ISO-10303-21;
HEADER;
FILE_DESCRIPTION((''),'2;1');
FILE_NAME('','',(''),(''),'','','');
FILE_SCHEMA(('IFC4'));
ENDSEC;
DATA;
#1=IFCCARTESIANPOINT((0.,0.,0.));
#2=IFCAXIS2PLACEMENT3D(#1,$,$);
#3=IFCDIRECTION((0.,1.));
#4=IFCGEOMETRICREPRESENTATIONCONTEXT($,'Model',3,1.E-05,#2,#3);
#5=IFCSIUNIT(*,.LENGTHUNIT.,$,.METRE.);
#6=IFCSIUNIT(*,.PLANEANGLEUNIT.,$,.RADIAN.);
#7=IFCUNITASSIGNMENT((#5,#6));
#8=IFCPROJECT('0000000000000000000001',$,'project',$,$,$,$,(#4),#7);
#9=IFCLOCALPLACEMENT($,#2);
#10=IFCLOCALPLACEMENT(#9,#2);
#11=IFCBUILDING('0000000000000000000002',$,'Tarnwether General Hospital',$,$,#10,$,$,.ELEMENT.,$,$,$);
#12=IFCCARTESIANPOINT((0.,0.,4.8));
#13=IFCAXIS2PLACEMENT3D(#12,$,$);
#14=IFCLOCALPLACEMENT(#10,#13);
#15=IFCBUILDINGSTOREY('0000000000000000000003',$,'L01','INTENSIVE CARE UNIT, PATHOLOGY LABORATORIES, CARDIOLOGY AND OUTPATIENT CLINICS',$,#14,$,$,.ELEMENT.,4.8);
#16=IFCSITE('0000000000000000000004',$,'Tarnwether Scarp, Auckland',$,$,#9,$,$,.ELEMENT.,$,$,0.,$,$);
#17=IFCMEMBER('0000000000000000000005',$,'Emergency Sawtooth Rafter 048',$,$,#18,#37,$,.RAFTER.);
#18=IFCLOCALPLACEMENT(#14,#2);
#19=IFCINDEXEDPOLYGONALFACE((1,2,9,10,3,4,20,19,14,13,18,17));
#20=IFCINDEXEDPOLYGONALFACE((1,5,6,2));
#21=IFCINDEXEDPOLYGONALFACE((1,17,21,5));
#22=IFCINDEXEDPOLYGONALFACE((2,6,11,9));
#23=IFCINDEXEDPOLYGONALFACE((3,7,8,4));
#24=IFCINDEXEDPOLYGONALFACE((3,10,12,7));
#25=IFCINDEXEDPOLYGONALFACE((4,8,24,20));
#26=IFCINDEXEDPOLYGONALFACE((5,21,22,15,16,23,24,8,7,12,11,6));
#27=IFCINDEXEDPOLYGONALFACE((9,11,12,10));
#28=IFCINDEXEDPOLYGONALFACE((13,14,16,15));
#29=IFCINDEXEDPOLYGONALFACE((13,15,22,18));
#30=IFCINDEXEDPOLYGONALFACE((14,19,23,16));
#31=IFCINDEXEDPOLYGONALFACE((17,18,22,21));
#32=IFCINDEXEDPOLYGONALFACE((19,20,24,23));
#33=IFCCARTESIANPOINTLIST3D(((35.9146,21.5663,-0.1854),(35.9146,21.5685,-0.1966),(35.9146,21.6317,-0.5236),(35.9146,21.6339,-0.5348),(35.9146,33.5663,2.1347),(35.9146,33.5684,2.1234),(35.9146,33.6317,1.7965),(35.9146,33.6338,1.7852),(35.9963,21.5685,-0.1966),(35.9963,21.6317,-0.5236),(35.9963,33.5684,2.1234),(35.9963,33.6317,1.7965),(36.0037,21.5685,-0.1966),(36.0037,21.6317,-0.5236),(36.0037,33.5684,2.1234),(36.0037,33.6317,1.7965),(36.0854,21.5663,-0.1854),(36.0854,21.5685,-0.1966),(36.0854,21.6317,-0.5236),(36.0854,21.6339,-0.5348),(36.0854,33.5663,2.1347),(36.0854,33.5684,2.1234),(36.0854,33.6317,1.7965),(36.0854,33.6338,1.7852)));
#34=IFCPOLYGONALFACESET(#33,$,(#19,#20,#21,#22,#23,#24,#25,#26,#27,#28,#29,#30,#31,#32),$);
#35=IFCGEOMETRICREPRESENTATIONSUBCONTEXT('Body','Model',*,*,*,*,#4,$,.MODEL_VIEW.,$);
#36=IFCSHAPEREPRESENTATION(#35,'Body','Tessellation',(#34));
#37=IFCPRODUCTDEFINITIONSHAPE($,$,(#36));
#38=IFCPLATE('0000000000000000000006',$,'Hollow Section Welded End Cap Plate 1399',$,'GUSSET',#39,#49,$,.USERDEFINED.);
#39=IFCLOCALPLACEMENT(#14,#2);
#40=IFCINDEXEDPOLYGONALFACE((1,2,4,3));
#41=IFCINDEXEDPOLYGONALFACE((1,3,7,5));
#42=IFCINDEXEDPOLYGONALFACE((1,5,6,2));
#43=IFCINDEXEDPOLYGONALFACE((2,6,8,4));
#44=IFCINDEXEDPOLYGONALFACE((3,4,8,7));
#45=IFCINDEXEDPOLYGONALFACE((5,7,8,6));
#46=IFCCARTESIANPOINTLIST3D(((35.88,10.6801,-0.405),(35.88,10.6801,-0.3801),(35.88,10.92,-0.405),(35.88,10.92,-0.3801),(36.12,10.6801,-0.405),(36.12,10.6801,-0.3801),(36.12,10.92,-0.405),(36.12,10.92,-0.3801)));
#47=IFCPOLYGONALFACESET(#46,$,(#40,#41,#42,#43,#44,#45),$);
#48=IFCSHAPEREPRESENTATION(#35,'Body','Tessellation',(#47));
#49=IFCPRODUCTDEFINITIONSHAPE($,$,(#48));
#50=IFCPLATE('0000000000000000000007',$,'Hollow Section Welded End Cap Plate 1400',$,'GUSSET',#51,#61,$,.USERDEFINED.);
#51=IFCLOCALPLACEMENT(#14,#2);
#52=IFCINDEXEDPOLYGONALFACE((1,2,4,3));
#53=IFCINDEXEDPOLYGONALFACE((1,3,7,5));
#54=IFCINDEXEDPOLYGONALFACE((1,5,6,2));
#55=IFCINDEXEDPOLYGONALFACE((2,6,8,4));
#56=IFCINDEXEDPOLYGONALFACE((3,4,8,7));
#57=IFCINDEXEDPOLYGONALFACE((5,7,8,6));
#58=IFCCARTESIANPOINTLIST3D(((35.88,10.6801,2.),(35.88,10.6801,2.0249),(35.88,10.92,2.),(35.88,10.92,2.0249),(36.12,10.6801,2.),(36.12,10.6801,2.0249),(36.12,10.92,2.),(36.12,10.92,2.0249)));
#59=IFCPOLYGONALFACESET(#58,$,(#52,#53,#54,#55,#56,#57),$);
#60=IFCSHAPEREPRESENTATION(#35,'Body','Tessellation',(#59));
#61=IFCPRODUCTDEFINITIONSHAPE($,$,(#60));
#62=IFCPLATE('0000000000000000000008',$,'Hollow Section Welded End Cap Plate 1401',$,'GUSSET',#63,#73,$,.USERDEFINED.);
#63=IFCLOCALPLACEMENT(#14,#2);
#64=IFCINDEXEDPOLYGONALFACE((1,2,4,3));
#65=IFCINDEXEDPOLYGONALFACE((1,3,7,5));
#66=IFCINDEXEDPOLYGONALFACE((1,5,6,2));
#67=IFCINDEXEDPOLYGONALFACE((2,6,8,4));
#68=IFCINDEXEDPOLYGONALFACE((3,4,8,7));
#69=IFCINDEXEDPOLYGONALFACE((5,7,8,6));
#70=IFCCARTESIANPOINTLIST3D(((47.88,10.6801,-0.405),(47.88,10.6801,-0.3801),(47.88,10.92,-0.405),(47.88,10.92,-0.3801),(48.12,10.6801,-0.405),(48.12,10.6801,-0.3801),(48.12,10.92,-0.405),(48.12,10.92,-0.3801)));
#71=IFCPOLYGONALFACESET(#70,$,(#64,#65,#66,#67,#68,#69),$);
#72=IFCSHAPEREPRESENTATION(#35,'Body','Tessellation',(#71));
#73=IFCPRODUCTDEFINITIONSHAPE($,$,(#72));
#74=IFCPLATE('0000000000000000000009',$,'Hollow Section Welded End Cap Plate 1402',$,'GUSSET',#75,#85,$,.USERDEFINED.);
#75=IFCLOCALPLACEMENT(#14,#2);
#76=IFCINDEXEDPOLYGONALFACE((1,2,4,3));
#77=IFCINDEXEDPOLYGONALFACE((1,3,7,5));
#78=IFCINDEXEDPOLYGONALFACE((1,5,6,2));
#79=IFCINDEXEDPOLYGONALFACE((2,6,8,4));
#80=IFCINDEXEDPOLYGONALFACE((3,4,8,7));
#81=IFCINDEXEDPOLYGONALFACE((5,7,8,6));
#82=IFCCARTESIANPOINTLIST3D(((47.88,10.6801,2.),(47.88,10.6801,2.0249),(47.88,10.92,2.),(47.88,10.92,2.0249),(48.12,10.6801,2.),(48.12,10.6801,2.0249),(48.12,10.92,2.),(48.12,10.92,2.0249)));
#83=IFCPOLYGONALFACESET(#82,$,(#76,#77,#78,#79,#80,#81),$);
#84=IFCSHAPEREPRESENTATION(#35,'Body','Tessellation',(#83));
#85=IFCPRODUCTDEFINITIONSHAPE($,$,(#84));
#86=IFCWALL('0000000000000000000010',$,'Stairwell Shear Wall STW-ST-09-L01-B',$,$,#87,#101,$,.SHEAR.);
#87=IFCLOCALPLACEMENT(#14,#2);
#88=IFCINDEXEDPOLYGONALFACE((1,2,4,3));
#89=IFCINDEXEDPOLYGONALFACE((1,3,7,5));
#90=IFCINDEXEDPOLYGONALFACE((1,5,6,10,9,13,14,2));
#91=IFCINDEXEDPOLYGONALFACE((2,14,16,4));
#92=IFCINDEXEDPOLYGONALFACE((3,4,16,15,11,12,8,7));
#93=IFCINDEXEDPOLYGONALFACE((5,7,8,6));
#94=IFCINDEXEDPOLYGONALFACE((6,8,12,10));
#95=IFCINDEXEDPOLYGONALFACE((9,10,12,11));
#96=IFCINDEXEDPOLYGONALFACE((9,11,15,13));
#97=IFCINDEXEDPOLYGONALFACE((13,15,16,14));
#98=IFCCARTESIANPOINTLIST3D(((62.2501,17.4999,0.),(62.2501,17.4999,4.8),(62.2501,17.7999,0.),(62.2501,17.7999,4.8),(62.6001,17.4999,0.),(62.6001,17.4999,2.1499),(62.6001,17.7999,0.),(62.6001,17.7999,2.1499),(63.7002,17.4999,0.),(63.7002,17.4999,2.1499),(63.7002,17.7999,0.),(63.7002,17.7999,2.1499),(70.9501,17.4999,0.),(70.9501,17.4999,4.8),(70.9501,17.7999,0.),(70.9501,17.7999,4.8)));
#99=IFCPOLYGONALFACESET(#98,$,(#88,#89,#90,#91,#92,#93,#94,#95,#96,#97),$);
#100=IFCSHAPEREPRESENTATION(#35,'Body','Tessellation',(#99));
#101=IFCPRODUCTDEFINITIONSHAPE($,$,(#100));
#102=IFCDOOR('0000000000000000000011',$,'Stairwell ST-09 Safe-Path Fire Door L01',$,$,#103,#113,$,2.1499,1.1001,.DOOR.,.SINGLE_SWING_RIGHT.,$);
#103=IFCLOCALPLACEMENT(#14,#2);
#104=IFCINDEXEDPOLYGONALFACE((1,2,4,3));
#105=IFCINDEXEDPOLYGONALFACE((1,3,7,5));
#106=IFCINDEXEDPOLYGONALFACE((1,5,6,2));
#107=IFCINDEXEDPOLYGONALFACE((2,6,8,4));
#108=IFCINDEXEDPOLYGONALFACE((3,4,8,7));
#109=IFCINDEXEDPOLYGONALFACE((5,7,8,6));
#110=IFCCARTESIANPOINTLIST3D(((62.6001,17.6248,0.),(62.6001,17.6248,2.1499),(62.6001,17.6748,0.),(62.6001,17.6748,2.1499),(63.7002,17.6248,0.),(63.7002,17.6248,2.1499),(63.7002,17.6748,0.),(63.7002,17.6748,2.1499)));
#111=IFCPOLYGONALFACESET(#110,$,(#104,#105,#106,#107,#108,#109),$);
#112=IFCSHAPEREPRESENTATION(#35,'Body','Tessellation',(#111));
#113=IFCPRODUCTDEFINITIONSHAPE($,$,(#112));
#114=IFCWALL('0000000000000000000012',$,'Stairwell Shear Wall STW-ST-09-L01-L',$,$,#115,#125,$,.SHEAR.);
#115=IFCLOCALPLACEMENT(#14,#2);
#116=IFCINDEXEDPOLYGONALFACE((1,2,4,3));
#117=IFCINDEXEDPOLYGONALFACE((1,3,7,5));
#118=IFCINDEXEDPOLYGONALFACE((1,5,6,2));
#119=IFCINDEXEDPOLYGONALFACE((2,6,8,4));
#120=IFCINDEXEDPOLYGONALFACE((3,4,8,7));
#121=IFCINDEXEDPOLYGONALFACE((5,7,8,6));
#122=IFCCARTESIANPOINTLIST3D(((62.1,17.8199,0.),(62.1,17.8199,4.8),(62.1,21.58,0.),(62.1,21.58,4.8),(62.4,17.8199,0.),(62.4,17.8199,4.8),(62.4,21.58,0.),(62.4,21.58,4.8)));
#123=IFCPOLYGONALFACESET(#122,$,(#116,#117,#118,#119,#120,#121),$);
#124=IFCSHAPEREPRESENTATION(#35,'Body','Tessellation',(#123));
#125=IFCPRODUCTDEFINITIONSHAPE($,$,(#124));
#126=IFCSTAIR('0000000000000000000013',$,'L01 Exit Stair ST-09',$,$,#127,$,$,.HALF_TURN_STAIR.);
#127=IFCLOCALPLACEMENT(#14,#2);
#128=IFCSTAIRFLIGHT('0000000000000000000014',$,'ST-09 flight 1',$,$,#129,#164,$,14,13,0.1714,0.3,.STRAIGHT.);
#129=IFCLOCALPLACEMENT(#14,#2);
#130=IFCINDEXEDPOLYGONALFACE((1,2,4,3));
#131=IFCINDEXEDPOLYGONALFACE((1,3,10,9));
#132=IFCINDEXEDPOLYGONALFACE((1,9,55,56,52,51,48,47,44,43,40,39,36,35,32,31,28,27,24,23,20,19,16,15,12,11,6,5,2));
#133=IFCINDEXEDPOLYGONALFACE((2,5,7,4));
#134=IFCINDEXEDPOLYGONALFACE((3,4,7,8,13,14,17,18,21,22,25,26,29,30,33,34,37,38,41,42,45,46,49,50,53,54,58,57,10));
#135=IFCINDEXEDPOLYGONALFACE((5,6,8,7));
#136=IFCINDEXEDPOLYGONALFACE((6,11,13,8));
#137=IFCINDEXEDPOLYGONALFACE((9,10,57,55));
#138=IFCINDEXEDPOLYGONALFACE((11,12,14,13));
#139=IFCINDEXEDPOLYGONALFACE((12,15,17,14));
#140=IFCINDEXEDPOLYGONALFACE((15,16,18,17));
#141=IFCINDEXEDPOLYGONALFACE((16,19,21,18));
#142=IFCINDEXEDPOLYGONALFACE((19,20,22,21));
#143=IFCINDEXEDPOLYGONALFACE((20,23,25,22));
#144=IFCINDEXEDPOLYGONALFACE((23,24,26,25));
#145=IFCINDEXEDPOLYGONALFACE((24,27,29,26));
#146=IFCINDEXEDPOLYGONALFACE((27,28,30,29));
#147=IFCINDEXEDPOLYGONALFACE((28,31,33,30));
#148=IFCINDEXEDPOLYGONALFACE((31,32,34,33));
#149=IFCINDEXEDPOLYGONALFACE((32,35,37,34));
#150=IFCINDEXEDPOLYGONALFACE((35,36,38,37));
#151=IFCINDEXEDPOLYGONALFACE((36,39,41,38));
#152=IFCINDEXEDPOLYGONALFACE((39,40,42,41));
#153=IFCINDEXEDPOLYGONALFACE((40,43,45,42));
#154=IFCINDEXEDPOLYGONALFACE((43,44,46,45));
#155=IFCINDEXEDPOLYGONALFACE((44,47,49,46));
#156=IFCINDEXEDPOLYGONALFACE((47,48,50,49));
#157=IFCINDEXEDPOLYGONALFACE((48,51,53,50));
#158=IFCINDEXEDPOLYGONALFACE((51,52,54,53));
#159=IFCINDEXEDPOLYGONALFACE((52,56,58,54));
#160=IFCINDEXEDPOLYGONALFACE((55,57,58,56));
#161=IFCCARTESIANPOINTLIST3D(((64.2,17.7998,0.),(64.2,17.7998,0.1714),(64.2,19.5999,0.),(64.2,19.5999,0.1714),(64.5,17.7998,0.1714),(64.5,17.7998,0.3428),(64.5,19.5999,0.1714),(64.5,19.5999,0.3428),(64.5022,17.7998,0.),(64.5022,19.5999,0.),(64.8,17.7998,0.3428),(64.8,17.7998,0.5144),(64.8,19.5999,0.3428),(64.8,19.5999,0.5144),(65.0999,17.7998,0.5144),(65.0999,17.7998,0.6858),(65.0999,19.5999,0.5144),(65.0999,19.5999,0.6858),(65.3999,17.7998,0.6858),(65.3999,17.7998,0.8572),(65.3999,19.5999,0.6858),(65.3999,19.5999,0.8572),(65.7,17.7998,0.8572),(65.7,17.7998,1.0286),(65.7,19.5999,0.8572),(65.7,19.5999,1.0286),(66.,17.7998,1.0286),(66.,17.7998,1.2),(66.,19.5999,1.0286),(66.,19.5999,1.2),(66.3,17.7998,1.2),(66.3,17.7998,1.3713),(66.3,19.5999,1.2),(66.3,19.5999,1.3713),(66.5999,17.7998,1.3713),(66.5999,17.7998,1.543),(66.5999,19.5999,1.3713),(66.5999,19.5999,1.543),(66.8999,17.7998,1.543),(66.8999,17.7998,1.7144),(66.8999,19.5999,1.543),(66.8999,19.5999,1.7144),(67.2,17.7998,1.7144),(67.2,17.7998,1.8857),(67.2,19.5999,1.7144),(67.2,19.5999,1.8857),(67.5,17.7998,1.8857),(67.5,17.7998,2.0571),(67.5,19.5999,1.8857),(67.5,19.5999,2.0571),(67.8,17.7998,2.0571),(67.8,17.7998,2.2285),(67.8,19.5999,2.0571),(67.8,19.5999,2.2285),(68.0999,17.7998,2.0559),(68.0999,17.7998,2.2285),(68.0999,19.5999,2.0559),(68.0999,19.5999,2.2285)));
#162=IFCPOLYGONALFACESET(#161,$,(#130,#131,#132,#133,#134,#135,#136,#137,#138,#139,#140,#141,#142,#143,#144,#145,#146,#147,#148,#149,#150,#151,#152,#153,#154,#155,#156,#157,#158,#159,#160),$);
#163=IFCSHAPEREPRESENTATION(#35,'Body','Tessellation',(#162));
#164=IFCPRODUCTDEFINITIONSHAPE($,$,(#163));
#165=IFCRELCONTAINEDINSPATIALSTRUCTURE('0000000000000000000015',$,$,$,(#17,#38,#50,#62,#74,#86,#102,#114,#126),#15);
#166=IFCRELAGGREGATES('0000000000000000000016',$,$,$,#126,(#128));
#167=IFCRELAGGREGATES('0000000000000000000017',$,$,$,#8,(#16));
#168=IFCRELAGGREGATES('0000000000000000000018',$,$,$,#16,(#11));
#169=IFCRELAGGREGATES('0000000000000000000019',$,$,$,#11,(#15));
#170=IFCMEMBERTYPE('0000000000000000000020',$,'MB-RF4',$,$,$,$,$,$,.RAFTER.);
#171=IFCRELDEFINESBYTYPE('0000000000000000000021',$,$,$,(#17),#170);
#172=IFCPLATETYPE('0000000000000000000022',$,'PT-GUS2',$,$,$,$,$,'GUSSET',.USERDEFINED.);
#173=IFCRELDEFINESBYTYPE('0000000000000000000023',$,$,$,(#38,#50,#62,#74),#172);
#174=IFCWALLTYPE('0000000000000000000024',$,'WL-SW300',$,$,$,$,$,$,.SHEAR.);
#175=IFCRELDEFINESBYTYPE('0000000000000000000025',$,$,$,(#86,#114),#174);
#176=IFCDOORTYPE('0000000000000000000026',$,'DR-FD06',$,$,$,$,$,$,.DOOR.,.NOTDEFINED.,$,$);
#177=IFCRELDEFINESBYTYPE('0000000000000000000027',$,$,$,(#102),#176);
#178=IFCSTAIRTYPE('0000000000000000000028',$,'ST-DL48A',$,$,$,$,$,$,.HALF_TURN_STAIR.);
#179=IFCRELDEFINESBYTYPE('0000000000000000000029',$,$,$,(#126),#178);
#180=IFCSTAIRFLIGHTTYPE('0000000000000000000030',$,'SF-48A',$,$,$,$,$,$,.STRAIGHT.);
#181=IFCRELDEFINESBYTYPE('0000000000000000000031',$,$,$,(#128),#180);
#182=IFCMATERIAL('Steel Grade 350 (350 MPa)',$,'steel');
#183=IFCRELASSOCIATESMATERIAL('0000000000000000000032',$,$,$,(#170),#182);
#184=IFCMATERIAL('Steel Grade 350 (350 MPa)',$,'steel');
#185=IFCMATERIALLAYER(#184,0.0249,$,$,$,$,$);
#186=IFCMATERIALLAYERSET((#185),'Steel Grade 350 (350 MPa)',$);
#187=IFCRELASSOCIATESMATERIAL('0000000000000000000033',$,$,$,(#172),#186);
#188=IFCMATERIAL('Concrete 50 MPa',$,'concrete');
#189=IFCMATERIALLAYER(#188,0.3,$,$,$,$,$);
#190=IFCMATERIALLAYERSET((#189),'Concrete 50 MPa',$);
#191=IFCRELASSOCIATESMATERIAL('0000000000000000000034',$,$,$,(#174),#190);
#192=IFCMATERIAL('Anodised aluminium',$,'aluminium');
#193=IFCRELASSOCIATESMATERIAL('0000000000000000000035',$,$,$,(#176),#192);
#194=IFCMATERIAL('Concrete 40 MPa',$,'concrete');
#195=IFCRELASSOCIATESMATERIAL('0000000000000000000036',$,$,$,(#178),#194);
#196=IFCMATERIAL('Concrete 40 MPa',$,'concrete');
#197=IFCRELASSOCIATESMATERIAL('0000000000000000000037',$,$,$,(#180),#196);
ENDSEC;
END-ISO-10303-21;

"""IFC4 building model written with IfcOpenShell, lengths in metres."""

from ifc_helpers import new_model, si_unit, direction, frame, frame_2d, origin, origin_2d, place, context, subcontext, project, spatial, polyline, rectangle, i_section, outline, extrude, material, layer, layer_set, material_profile, profile_set, type_object, element, fill, aggregate, save


model = new_model("IFC4")

# Units and contexts
model_context = context("Model", 3, precision=1e-05, world=origin(), true_north=direction((0.0, 1.0)))
body_context = subcontext(model_context, "Body", "Model", "MODEL_VIEW")
ifc_project = project(units=[si_unit("LENGTHUNIT", "METRE"), si_unit("PLANEANGLEUNIT", "RADIAN")], contexts=[model_context])

# Site, building, storey
site_placement = place(None, origin())
site = spatial("IfcSite", under=ifc_project, at=site_placement, Name="Tarnwether Scarp, Auckland", CompositionType="ELEMENT", RefElevation=0.0)
building_placement = place(site_placement, origin())
building = spatial("IfcBuilding", under=site, at=building_placement, Name="Tarnwether General Hospital", CompositionType="ELEMENT")
storey_placement = place(building_placement, frame((0.0, 0.0, 4.8)))
storey = spatial("IfcBuildingStorey", under=building, at=storey_placement, Name="L01", Description="INTENSIVE CARE UNIT, PATHOLOGY LABORATORIES, CARDIOLOGY AND OUTPATIENT CLINICS", CompositionType="ELEMENT", Elevation=4.8)

# Member
ifc_material_1 = material(Name="Steel Grade 350 (350 MPa)", Category="steel")
ifc_material_profile_1 = material_profile(ifc_material_1, i_section(OverallWidth=0.1709, OverallDepth=0.356, WebThickness=0.0073, FlangeThickness=0.0115, at=origin_2d()), Name="360UB50.7")
ifc_profile_set_1 = profile_set([ifc_material_profile_1], Name="Steel Grade 350 (350 MPa)")
member_type_1 = type_object("IfcMemberType", Name="MB-RF4", PredefinedType="RAFTER", material=ifc_profile_set_1)
member_1_placement = place(storey_placement, frame((36.0, 21.6001, -0.3601), z_axis=(0.0, 0.981818, 0.189824), x_axis=(-1.0, 0.0, 0.0)))
element("IfcMember", 1, at=member_1_placement, inside=storey, type_object=member_type_1, Name="Emergency Sawtooth Rafter 048", PredefinedType="RAFTER", context=body_context, shape_type="SweptSolid", body=[
    extrude(i_section(OverallWidth=0.1709, OverallDepth=0.356, WebThickness=0.0073, FlangeThickness=0.0115, at=origin_2d()), origin(), (0.0, 0.0, 1.0), 12.2222),
])

# Plates
ifc_material_2 = material(Name="Steel Grade 350 (350 MPa)", Category="steel")
ifc_layer_1 = layer(ifc_material_2, 0.0249)
ifc_layer_set_1 = layer_set([ifc_layer_1], Name="Steel Grade 350 (350 MPa)")
plate_type = type_object("IfcPlateType", Name="PT-GUS2", ElementType="GUSSET", PredefinedType="USERDEFINED", material=ifc_layer_set_1)
for number, where, z_axis, x_axis, name in (
    (2, (36.0, 10.8, -0.405), (0.0, 0.0, 1.0), (1.0, 0.0, 0.0), "Hollow Section Welded End Cap Plate 1399"),
    (3, (36.0, 10.8, 2.0), (0.0, 0.0, 1.0), (1.0, 0.0, 0.0), "Hollow Section Welded End Cap Plate 1400"),
    (4, (48.0, 10.8, -0.405), (0.0, 0.0, 1.0), (1.0, 0.0, 0.0), "Hollow Section Welded End Cap Plate 1401"),
    (5, (48.0, 10.8, 2.0), (0.0, 0.0, 1.0), (1.0, 0.0, 0.0), "Hollow Section Welded End Cap Plate 1402"),
):
    element("IfcPlate", number, at=place(storey_placement, frame(where, z_axis=z_axis, x_axis=x_axis)), inside=storey, type_object=plate_type, Name=name, ObjectType="GUSSET", PredefinedType="USERDEFINED", context=body_context, shape_type="SweptSolid", body=[
        extrude(rectangle(XDim=0.24, YDim=0.24, at=origin_2d()), origin(), (0.0, 0.0, 1.0), 0.0249),
    ])

# Wall, opening, door
ifc_material_3 = material(Name="Concrete 50 MPa", Category="concrete")
ifc_layer_2 = layer(ifc_material_3, 0.3)
ifc_layer_set_2 = layer_set([ifc_layer_2], Name="Concrete 50 MPa")
wall_type = type_object("IfcWallType", Name="WL-SW300", PredefinedType="SHEAR", material=ifc_layer_set_2)
wall_1_placement = place(storey_placement, frame((62.25, 17.6499, 0.0), z_axis=(0.0, 0.0, 1.0), x_axis=(1.0, 0.0, 0.0)))
wall_1 = element("IfcWall", 6, at=wall_1_placement, inside=storey, type_object=wall_type, Name="Stairwell Shear Wall STW-ST-09-L01-B", PredefinedType="SHEAR", context=body_context, shape_type="SweptSolid", body=[
    extrude(rectangle(XDim=8.7, YDim=0.3, at=frame_2d((4.3501, 0.0))), origin(), (0.0, 0.0, 1.0), 4.8),
])
opening_placement = place(wall_1_placement, frame((0.3501, 0.0, 0.0)))
opening = element("IfcOpeningElement", 7, at=opening_placement, cuts=wall_1, PredefinedType="OPENING", context=body_context, shape_type="SweptSolid", body=[
    extrude(rectangle(XDim=1.1001, YDim=2.1499, at=frame_2d((0.55, 1.075))), frame((0.0, 0.1602, 0.0), z_axis=(0.0, -1.0, 0.0), x_axis=(1.0, 0.0, 0.0)), (0.0, 0.0, 1.0), 0.3201),
])
ifc_material_4 = material(Name="Anodised aluminium", Category="aluminium")
door_type = type_object("IfcDoorType", Name="DR-FD06", OperationType="NOTDEFINED", PredefinedType="DOOR", material=ifc_material_4)
door_placement = place(opening_placement, origin())
door = element("IfcDoor", 8, at=door_placement, inside=storey, type_object=door_type, Name="Stairwell ST-09 Safe-Path Fire Door L01", OperationType="SINGLE_SWING_RIGHT", OverallHeight=2.1499, OverallWidth=1.1001, PredefinedType="DOOR", context=body_context, shape_type="SweptSolid", body=[
    extrude(rectangle(XDim=1.1001, YDim=2.1499, at=frame_2d((0.55, 1.075))), frame((0.0, 0.0249, 0.0), z_axis=(0.0, -1.0, 0.0), x_axis=(1.0, 0.0, 0.0)), (0.0, 0.0, 1.0), 0.05),
])
fill(opening, door)

# Wall
wall_2_placement = place(storey_placement, frame((62.25, 17.8201, 0.0), z_axis=(0.0, 0.0, 1.0), x_axis=(0.0, 1.0, 0.0)))
element("IfcWall", 9, at=wall_2_placement, inside=storey, type_object=wall_type, Name="Stairwell Shear Wall STW-ST-09-L01-L", PredefinedType="SHEAR", context=body_context, shape_type="SweptSolid", body=[
    extrude(rectangle(XDim=3.76, YDim=0.3, at=frame_2d((1.8799, 0.0))), origin(), (0.0, 0.0, 1.0), 4.8),
])

# Stair, stair flight
ifc_material_5 = material(Name="Concrete 40 MPa", Category="concrete")
stair_type = type_object("IfcStairType", Name="ST-DL48A", PredefinedType="HALF_TURN_STAIR", material=ifc_material_5)
stair_placement = place(storey_placement, origin())
stair = element("IfcStair", 10, at=stair_placement, inside=storey, type_object=stair_type, Name="L01 Exit Stair ST-09", PredefinedType="HALF_TURN_STAIR")
ifc_material_6 = material(Name="Concrete 40 MPa", Category="concrete")
stair_flight_type = type_object("IfcStairFlightType", Name="SF-48A", PredefinedType="STRAIGHT", material=ifc_material_6)
stair_flight_placement = place(storey_placement, frame((64.2, 18.7, 0.0), z_axis=(0.0, 0.0, 1.0), x_axis=(1.0, 0.0, 0.0)))
stair_flight = element("IfcStairFlight", 11, at=stair_flight_placement, type_object=stair_flight_type, Name="ST-09 flight 1", NumberOfRisers=14, NumberOfTreads=13, PredefinedType="STRAIGHT", RiserHeight=0.1714, TreadLength=0.3, context=body_context, shape_type="SweptSolid", body=[
    extrude(outline(polyline([(0.0, 0.0), (0.0, 0.1714), (0.3, 0.1714), (0.3, 0.3428), (0.6001, 0.3428), (0.6001, 0.5144), (0.8999, 0.5144), (0.8999, 0.6858), (1.2, 0.6858), (1.2, 0.8572), (1.5, 0.8572), (1.5, 1.0286), (1.8, 1.0286), (1.8, 1.2), (2.1001, 1.2), (2.1001, 1.3713), (2.3999, 1.3713), (2.3999, 1.543), (2.7, 1.543), (2.7, 1.7144), (3.0, 1.7144), (3.0, 1.8857), (3.3, 1.8857), (3.3, 2.0571), (3.6001, 2.0571), (3.6001, 2.2285), (3.8999, 2.2285), (3.8999, 2.3999), (3.8999, 2.0559), (0.3022, 0.0), (0.0, 0.0)])), frame((0.0, 0.8999, 0.0), z_axis=(0.0, -1.0, 0.0), x_axis=(1.0, 0.0, 0.0)), (0.0, 0.0, 1.0), 1.8),
])
aggregate(stair, [stair_flight])

save(model, "model.ifc")
